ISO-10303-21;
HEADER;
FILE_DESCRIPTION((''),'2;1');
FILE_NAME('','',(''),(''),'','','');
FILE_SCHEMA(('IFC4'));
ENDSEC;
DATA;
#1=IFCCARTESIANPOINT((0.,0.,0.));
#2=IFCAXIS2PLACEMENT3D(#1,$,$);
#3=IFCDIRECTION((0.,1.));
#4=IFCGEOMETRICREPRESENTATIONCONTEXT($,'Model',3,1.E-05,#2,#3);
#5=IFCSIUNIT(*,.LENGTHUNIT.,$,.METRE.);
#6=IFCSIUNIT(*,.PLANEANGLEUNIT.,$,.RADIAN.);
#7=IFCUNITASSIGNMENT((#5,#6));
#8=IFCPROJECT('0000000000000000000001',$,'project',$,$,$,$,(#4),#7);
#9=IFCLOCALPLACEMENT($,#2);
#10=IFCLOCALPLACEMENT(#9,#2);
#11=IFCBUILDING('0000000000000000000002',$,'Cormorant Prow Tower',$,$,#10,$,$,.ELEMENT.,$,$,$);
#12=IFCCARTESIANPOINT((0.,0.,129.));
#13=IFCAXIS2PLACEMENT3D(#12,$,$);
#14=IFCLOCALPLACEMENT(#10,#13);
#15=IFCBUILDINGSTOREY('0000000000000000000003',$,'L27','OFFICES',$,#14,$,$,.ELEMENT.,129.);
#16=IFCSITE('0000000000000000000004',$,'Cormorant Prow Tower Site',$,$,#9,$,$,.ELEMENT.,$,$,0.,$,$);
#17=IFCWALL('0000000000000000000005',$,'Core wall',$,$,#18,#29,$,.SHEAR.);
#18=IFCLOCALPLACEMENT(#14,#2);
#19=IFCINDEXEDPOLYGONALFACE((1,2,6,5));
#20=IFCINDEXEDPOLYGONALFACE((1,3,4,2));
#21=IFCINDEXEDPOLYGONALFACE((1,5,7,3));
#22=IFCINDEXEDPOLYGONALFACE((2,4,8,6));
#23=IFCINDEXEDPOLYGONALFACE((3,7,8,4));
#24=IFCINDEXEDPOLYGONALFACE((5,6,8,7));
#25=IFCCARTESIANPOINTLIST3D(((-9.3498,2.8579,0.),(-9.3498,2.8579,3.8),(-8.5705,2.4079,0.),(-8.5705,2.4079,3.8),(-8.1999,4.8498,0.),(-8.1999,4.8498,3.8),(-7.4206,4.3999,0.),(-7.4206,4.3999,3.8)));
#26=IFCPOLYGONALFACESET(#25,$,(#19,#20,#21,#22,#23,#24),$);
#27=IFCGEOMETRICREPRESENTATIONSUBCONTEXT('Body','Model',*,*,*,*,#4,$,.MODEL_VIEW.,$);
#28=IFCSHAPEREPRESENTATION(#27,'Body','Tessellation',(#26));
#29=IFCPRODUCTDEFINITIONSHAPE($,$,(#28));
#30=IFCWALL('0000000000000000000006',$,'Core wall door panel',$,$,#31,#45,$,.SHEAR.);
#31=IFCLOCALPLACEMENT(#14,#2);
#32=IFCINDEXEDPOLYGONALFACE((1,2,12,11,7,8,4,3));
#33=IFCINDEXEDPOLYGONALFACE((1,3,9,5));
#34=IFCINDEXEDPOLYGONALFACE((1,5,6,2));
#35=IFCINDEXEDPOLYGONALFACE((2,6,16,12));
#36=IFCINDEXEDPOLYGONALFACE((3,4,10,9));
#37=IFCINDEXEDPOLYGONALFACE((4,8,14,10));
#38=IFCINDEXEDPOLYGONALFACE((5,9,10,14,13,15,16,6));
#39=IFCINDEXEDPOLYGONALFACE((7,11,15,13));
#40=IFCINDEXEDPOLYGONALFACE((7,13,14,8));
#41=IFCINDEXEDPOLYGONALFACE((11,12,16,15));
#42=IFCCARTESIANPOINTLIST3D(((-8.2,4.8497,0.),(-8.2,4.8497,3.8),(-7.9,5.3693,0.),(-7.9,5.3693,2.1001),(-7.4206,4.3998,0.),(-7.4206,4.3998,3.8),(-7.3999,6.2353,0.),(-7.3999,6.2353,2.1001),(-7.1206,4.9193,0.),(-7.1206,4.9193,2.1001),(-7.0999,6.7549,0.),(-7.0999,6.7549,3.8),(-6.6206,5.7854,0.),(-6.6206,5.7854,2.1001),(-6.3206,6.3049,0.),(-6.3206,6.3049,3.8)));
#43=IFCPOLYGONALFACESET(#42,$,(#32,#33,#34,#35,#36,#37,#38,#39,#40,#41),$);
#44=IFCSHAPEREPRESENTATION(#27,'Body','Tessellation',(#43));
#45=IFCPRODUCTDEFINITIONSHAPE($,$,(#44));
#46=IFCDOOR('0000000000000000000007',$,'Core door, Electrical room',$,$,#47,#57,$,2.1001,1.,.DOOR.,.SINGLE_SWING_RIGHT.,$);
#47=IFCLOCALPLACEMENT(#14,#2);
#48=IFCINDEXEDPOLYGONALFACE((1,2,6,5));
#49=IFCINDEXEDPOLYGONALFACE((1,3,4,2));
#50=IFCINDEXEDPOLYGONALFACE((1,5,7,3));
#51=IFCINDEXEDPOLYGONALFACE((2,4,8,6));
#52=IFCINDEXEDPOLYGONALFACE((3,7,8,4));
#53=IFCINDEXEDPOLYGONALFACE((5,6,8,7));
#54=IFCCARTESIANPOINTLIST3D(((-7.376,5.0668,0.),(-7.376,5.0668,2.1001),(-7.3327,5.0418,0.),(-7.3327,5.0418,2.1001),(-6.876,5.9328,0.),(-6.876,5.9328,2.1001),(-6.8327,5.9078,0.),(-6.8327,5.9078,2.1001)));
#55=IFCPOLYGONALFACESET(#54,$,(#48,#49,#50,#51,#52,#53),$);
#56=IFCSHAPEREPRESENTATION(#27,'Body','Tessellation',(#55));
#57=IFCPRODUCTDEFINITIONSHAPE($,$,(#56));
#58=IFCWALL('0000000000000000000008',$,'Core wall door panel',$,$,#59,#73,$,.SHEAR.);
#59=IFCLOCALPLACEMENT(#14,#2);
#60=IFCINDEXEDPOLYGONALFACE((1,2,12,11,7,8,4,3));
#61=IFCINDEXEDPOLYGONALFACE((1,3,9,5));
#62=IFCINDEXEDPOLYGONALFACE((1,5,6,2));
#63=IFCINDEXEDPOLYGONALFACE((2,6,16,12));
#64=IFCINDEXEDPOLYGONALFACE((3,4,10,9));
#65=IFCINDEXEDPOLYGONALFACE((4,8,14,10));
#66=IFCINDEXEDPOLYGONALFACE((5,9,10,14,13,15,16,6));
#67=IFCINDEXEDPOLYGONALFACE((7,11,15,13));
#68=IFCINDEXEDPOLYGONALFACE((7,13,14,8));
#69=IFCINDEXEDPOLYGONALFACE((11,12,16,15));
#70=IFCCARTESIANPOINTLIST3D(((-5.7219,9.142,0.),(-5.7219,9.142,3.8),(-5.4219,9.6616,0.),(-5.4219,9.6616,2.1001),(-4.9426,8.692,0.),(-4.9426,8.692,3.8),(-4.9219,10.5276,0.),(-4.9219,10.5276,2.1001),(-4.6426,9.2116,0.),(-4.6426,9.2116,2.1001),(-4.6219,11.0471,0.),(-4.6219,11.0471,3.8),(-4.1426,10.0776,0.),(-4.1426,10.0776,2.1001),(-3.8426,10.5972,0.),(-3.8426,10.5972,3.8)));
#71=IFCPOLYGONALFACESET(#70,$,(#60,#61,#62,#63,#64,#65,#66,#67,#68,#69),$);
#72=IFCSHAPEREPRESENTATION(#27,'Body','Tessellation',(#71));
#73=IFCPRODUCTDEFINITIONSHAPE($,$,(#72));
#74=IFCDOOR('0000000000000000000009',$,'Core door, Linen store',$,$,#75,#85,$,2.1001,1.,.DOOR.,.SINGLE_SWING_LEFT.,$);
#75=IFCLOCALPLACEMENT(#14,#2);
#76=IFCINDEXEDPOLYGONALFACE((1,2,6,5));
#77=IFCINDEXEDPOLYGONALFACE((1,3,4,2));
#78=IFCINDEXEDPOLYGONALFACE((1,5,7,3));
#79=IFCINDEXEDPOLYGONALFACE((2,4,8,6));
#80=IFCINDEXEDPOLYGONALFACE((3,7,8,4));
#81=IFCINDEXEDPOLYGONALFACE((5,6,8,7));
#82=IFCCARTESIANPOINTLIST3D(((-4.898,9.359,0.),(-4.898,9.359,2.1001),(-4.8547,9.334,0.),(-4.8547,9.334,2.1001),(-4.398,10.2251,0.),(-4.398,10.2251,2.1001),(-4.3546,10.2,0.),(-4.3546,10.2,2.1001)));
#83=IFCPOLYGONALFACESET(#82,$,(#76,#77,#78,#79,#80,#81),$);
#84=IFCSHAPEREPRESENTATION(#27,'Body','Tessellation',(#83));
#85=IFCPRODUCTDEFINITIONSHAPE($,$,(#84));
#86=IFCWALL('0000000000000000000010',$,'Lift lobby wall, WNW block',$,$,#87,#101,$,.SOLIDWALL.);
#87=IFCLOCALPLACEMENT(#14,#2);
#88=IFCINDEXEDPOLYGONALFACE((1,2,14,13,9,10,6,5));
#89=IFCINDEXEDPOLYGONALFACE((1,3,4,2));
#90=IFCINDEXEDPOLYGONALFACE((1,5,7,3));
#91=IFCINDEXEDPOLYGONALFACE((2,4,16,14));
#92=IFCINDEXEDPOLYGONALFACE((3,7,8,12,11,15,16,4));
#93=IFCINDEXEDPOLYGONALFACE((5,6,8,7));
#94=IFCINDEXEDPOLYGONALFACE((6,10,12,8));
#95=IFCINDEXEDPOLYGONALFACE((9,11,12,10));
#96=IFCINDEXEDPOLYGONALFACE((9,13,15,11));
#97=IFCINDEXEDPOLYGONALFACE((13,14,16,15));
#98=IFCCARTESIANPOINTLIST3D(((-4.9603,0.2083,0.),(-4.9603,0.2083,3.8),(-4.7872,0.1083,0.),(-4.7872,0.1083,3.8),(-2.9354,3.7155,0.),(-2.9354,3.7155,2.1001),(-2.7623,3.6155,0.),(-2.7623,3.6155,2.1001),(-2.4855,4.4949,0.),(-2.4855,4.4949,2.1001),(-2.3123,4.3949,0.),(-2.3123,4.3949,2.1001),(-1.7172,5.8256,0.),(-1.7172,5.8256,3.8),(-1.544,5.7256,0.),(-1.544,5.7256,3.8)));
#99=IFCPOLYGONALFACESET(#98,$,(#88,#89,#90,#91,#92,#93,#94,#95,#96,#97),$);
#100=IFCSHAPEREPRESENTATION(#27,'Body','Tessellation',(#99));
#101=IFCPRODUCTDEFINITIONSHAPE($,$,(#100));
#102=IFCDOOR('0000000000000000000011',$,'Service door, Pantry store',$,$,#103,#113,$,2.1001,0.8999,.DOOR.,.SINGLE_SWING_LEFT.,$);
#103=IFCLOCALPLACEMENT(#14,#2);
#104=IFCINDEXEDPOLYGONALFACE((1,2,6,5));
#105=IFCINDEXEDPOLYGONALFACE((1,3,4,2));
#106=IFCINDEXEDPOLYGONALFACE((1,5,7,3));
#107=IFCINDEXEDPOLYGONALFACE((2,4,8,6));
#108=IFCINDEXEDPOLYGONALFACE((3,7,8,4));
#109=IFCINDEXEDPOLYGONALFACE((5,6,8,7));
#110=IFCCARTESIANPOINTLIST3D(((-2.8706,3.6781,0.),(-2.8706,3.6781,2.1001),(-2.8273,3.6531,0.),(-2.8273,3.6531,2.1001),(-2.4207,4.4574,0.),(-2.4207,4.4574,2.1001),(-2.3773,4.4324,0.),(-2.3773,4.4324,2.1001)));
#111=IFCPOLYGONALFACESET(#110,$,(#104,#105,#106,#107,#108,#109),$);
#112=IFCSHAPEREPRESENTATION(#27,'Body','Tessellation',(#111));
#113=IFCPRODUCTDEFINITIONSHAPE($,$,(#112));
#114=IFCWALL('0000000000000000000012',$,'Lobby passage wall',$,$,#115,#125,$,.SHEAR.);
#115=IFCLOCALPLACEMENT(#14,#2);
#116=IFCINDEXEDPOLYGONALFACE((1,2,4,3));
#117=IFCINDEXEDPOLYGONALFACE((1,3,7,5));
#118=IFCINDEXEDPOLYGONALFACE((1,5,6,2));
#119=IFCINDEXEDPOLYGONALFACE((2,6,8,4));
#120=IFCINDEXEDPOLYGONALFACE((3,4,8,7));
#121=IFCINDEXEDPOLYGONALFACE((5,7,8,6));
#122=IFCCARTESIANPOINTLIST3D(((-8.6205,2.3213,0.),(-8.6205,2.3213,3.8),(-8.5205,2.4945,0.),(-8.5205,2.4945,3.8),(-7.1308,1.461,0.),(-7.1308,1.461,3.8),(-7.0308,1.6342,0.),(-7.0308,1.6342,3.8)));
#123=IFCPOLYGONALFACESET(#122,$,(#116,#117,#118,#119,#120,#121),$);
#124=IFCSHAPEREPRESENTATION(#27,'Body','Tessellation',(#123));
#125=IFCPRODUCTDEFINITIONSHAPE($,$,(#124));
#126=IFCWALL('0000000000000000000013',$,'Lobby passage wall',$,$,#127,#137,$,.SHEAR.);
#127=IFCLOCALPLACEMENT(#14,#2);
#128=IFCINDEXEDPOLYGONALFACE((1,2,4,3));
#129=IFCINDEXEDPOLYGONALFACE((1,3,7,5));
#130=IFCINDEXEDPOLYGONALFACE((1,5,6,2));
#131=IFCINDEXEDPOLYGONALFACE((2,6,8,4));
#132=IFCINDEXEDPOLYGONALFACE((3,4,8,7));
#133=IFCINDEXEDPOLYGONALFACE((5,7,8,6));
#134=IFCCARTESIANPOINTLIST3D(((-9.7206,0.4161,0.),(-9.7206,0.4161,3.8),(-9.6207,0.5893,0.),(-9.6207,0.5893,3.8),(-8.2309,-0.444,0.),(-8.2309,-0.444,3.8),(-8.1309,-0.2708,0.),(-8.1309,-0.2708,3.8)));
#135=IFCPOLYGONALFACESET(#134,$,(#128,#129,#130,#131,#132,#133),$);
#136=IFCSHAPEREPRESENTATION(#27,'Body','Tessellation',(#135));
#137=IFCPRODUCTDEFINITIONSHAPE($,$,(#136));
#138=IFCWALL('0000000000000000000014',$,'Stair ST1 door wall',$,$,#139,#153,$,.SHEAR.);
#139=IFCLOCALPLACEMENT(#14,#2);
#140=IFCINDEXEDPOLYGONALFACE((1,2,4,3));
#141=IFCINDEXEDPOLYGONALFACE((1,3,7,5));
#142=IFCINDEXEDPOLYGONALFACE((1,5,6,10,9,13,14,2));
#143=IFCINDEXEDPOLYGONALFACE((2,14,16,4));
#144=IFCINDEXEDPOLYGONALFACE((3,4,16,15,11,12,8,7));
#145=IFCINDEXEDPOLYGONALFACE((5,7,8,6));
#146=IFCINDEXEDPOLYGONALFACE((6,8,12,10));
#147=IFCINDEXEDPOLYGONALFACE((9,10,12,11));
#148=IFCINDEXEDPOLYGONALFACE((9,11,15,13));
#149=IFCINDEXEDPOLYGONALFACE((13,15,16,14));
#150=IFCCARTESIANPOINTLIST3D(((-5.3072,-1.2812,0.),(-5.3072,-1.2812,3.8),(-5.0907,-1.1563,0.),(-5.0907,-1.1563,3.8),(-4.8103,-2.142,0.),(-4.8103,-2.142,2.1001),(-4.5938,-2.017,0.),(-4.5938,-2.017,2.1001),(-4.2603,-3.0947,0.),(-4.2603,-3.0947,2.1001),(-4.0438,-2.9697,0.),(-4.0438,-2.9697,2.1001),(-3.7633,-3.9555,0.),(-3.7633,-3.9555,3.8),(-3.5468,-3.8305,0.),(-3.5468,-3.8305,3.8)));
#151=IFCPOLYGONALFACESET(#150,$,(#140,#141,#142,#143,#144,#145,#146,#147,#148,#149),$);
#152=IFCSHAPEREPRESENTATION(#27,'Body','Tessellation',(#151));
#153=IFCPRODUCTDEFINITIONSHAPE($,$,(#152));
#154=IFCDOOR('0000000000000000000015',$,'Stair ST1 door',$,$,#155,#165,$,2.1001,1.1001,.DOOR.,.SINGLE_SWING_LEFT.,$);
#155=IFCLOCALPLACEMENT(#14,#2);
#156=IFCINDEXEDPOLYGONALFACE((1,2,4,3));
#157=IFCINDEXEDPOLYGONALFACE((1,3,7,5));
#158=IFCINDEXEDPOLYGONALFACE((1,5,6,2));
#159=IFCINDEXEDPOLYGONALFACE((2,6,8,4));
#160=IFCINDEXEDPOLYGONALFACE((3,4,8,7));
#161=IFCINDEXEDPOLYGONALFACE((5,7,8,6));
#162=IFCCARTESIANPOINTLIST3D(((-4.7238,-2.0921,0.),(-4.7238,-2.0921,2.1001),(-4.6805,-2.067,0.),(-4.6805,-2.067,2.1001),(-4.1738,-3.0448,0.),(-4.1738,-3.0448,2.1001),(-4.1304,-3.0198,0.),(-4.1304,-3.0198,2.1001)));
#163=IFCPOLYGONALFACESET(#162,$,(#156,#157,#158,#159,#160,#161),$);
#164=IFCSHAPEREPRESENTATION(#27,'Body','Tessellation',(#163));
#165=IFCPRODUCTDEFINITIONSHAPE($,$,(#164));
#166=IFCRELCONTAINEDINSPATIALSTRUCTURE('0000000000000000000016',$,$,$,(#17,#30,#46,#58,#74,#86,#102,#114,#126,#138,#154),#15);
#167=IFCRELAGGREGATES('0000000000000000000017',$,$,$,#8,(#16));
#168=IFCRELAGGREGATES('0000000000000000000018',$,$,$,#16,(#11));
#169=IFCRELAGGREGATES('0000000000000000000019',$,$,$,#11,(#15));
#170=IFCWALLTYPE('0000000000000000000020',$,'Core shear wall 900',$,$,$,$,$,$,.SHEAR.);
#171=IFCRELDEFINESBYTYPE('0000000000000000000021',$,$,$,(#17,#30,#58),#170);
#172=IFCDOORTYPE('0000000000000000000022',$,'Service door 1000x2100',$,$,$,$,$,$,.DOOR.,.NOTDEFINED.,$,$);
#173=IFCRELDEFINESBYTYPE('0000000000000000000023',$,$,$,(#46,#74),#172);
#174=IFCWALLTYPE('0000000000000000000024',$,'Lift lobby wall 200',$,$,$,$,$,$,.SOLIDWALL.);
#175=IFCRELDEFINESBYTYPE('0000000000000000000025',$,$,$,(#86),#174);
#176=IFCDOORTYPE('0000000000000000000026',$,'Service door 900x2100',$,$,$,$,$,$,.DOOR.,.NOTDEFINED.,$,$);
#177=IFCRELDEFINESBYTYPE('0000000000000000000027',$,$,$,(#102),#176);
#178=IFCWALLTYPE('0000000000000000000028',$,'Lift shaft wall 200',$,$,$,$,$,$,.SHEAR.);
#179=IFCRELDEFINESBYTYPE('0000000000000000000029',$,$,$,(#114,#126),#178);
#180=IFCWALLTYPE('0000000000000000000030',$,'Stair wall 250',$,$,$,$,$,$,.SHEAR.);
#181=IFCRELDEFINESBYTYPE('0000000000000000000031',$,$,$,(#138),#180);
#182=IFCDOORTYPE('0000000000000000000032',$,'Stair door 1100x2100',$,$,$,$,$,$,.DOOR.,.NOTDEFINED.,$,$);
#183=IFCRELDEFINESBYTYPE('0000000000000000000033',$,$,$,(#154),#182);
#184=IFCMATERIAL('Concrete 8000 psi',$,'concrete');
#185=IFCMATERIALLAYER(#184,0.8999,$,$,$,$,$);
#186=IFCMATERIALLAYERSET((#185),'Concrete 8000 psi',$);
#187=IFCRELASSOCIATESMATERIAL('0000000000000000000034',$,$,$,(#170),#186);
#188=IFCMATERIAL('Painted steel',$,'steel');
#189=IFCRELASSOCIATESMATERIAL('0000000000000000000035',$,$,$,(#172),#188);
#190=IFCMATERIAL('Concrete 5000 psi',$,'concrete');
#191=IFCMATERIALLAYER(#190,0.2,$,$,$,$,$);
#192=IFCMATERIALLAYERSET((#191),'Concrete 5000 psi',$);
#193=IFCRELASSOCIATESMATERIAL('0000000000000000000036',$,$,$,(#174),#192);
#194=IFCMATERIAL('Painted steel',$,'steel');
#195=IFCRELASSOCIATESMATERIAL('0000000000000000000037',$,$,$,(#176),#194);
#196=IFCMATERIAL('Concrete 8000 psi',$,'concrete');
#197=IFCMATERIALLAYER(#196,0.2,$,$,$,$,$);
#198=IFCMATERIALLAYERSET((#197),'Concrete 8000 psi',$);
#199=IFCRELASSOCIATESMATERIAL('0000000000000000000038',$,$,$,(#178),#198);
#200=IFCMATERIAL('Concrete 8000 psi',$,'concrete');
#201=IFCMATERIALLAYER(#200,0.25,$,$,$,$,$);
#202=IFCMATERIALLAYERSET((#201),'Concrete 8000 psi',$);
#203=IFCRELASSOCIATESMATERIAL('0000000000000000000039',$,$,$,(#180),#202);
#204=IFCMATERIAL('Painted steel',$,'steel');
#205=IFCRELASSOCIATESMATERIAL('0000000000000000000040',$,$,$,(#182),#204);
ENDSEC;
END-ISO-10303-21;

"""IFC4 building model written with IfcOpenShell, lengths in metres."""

from ifc_helpers import new_model, si_unit, direction, frame, frame_2d, origin, place, context, subcontext, project, spatial, rectangle, extrude, material, layer, layer_set, type_object, element, fill, save


model = new_model("IFC4")

# Units and contexts
model_context = context("Model", 3, precision=1e-05, world=origin(), true_north=direction((0.0, 1.0)))
body_context = subcontext(model_context, "Body", "Model", "MODEL_VIEW")
ifc_project = project(units=[si_unit("LENGTHUNIT", "METRE"), si_unit("PLANEANGLEUNIT", "RADIAN")], contexts=[model_context])

# Site, building, storey
site_placement = place(None, origin())
site = spatial("IfcSite", under=ifc_project, at=site_placement, Name="Cormorant Prow Tower Site", CompositionType="ELEMENT", RefElevation=0.0)
building_placement = place(site_placement, origin())
building = spatial("IfcBuilding", under=site, at=building_placement, Name="Cormorant Prow Tower", CompositionType="ELEMENT")
storey_placement = place(building_placement, frame((0.0, 0.0, 129.0)))
storey = spatial("IfcBuildingStorey", under=building, at=storey_placement, Name="L27", Description="OFFICES", CompositionType="ELEMENT", Elevation=129.0)

# Wall
ifc_material_1 = material(Name="Concrete 8000 psi", Category="concrete")
ifc_layer_1 = layer(ifc_material_1, 0.8999)
ifc_layer_set_1 = layer_set([ifc_layer_1], Name="Concrete 8000 psi")
wall_type_1 = type_object("IfcWallType", Name="Core shear wall 900", PredefinedType="SHEAR", material=ifc_layer_set_1)
wall_1_placement = place(storey_placement, frame((-7.8103, 4.6248, 0.0), z_axis=(0.0, 0.0, 1.0), x_axis=(-0.499952, -0.866053, 0.0)))
element("IfcWall", 1, at=wall_1_placement, inside=storey, type_object=wall_type_1, Name="Core wall", PredefinedType="SHEAR", context=body_context, shape_type="SweptSolid", body=[
    extrude(rectangle(XDim=2.3, YDim=0.8999, at=frame_2d((1.1499, 0.0))), origin(), (0.0, 0.0, 1.0), 3.8),
])

# Walls, openings, doors
wall_2_placement = place(storey_placement, frame((-6.7102, 6.53, 0.0), z_axis=(0.0, 0.0, 1.0), x_axis=(-0.50003, -0.866008, 0.0)))
wall_2 = element("IfcWall", 2, at=wall_2_placement, inside=storey, type_object=wall_type_1, Name="Core wall door panel", PredefinedType="SHEAR", context=body_context, shape_type="SweptSolid", body=[
    extrude(rectangle(XDim=2.2, YDim=0.8999, at=frame_2d((1.1001, 0.0))), origin(), (0.0, 0.0, 1.0), 3.8),
])
opening_1_placement = place(wall_2_placement, frame((0.6001, 0.0, 0.0)))
opening_1 = element("IfcOpeningElement", 3, at=opening_1_placement, cuts=wall_2, PredefinedType="OPENING", context=body_context, shape_type="SweptSolid", body=[
    extrude(rectangle(XDim=1.0, YDim=2.1001, at=frame_2d((0.5, 1.05))), frame((0.0, 0.46, 0.0), z_axis=(0.0, -1.0, 0.0), x_axis=(1.0, 0.0, 0.0)), (0.0, 0.0, 1.0), 0.9199),
])
ifc_material_2 = material(Name="Painted steel", Category="steel")
door_type_1 = type_object("IfcDoorType", Name="Service door 1000x2100", OperationType="NOTDEFINED", PredefinedType="DOOR", material=ifc_material_2)
door_1_placement = place(opening_1_placement, origin())
door_1 = element("IfcDoor", 4, at=door_1_placement, inside=storey, type_object=door_type_1, Name="Core door, Electrical room", OperationType="SINGLE_SWING_RIGHT", OverallHeight=2.1001, OverallWidth=1.0, PredefinedType="DOOR", context=body_context, shape_type="SweptSolid", body=[
    extrude(rectangle(XDim=1.0, YDim=2.1001, at=frame_2d((0.5, 1.05))), frame((0.0, 0.2051, 0.0), z_axis=(0.0, -1.0, 0.0), x_axis=(1.0, 0.0, 0.0)), (0.0, 0.0, 1.0), 0.05),
])
fill(opening_1, door_1)
wall_3_placement = place(storey_placement, frame((-4.2322, 10.8223, 0.0), z_axis=(0.0, 0.0, 1.0), x_axis=(-0.50003, -0.866008, 0.0)))
wall_3 = element("IfcWall", 5, at=wall_3_placement, inside=storey, type_object=wall_type_1, Name="Core wall door panel", PredefinedType="SHEAR", context=body_context, shape_type="SweptSolid", body=[
    extrude(rectangle(XDim=2.2, YDim=0.8999, at=frame_2d((1.1001, 0.0))), origin(), (0.0, 0.0, 1.0), 3.8),
])
opening_2_placement = place(wall_3_placement, frame((0.6001, 0.0, 0.0)))
opening_2 = element("IfcOpeningElement", 6, at=opening_2_placement, cuts=wall_3, PredefinedType="OPENING", context=body_context, shape_type="SweptSolid", body=[
    extrude(rectangle(XDim=1.0, YDim=2.1001, at=frame_2d((0.5, 1.05))), frame((0.0, 0.46, 0.0), z_axis=(0.0, -1.0, 0.0), x_axis=(1.0, 0.0, 0.0)), (0.0, 0.0, 1.0), 0.9199),
])
door_2_placement = place(opening_2_placement, origin())
door_2 = element("IfcDoor", 7, at=door_2_placement, inside=storey, type_object=door_type_1, Name="Core door, Linen store", OperationType="SINGLE_SWING_LEFT", OverallHeight=2.1001, OverallWidth=1.0, PredefinedType="DOOR", context=body_context, shape_type="SweptSolid", body=[
    extrude(rectangle(XDim=1.0, YDim=2.1001, at=frame_2d((0.5, 1.05))), frame((0.0, 0.2051, 0.0), z_axis=(0.0, -1.0, 0.0), x_axis=(1.0, 0.0, 0.0)), (0.0, 0.0, 1.0), 0.05),
])
fill(opening_2, door_2)
ifc_material_3 = material(Name="Concrete 5000 psi", Category="concrete")
ifc_layer_2 = layer(ifc_material_3, 0.2)
ifc_layer_set_2 = layer_set([ifc_layer_2], Name="Concrete 5000 psi")
wall_type_2 = type_object("IfcWallType", Name="Lift lobby wall 200", PredefinedType="SOLIDWALL", material=ifc_layer_set_2)
wall_4_placement = place(storey_placement, frame((-1.6306, 5.7756, 0.0), z_axis=(0.0, 0.0, 1.0), x_axis=(-0.499993, -0.86603, 0.0)))
wall_4 = element("IfcWall", 8, at=wall_4_placement, inside=storey, type_object=wall_type_2, Name="Lift lobby wall, WNW block", PredefinedType="SOLIDWALL", context=body_context, shape_type="SweptSolid", body=[
    extrude(rectangle(XDim=6.4863, YDim=0.2, at=frame_2d((3.2432, 0.0))), origin(), (0.0, 0.0, 1.0), 3.8),
])
opening_3_placement = place(wall_4_placement, frame((1.5366, 0.0, 0.0)))
opening_3 = element("IfcOpeningElement", 9, at=opening_3_placement, cuts=wall_4, PredefinedType="OPENING", context=body_context, shape_type="SweptSolid", body=[
    extrude(rectangle(XDim=0.8999, YDim=2.1001, at=frame_2d((0.45, 1.05))), frame((0.0, 0.1099, 0.0), z_axis=(0.0, -1.0, 0.0), x_axis=(1.0, 0.0, 0.0)), (0.0, 0.0, 1.0), 0.22),
])
ifc_material_4 = material(Name="Painted steel", Category="steel")
door_type_2 = type_object("IfcDoorType", Name="Service door 900x2100", OperationType="NOTDEFINED", PredefinedType="DOOR", material=ifc_material_4)
door_3_placement = place(opening_3_placement, origin())
door_3 = element("IfcDoor", 10, at=door_3_placement, inside=storey, type_object=door_type_2, Name="Service door, Pantry store", OperationType="SINGLE_SWING_LEFT", OverallHeight=2.1001, OverallWidth=0.8999, PredefinedType="DOOR", context=body_context, shape_type="SweptSolid", body=[
    extrude(rectangle(XDim=0.8999, YDim=2.1001, at=frame_2d((0.45, 1.05))), frame((0.0, 0.0249, 0.0), z_axis=(0.0, -1.0, 0.0), x_axis=(1.0, 0.0, 0.0)), (0.0, 0.0, 1.0), 0.05),
])
fill(opening_3, door_3)

# Walls
ifc_material_5 = material(Name="Concrete 8000 psi", Category="concrete")
ifc_layer_3 = layer(ifc_material_5, 0.2)
ifc_layer_set_3 = layer_set([ifc_layer_3], Name="Concrete 8000 psi")
wall_type_3 = type_object("IfcWallType", Name="Lift shaft wall 200", PredefinedType="SHEAR", material=ifc_layer_set_3)
for number, where, z_axis, x_axis, name in (
    (11, (-7.0808, 1.5476, 0.0), (0.0, 0.0, 1.0), (-0.865963, 0.500107, 0.0), "Lobby passage wall"),
    (12, (-8.1809, -0.3574, 0.0), (0.0, 0.0, 1.0), (-0.866025, 0.500001, 0.0), "Lobby passage wall"),
):
    element("IfcWall", number, at=place(storey_placement, frame(where, z_axis=z_axis, x_axis=x_axis)), inside=storey, type_object=wall_type_3, Name=name, PredefinedType="SHEAR", context=body_context, shape_type="SweptSolid", body=[
        extrude(rectangle(XDim=1.7202, YDim=0.2, at=frame_2d((0.8601, 0.0))), origin(), (0.0, 0.0, 1.0), 3.8),
    ])

# Wall, opening, door
ifc_material_6 = material(Name="Concrete 8000 psi", Category="concrete")
ifc_layer_4 = layer(ifc_material_6, 0.25)
ifc_layer_set_4 = layer_set([ifc_layer_4], Name="Concrete 8000 psi")
wall_type_4 = type_object("IfcWallType", Name="Stair wall 250", PredefinedType="SHEAR", material=ifc_layer_set_4)
wall_5_placement = place(storey_placement, frame((-5.199, -1.2188, 0.0), z_axis=(0.0, 0.0, 1.0), x_axis=(0.499983, -0.866035, 0.0)))
wall_5 = element("IfcWall", 13, at=wall_5_placement, inside=storey, type_object=wall_type_4, Name="Stair ST1 door wall", PredefinedType="SHEAR", context=body_context, shape_type="SweptSolid", body=[
    extrude(rectangle(XDim=3.0879, YDim=0.25, at=frame_2d((1.5439, 0.0))), origin(), (0.0, 0.0, 1.0), 3.8),
])
opening_4_placement = place(wall_5_placement, frame((0.9939, 0.0, 0.0)))
opening_4 = element("IfcOpeningElement", 14, at=opening_4_placement, cuts=wall_5, PredefinedType="OPENING", context=body_context, shape_type="SweptSolid", body=[
    extrude(rectangle(XDim=1.1001, YDim=2.1001, at=frame_2d((0.55, 1.05))), frame((0.0, 0.135, 0.0), z_axis=(0.0, -1.0, 0.0), x_axis=(1.0, 0.0, 0.0)), (0.0, 0.0, 1.0), 0.27),
])
ifc_material_7 = material(Name="Painted steel", Category="steel")
door_type_3 = type_object("IfcDoorType", Name="Stair door 1100x2100", OperationType="NOTDEFINED", PredefinedType="DOOR", material=ifc_material_7)
door_4_placement = place(opening_4_placement, origin())
door_4 = element("IfcDoor", 15, at=door_4_placement, inside=storey, type_object=door_type_3, Name="Stair ST1 door", OperationType="SINGLE_SWING_LEFT", OverallHeight=2.1001, OverallWidth=1.1001, PredefinedType="DOOR", context=body_context, shape_type="SweptSolid", body=[
    extrude(rectangle(XDim=1.1001, YDim=2.1001, at=frame_2d((0.55, 1.05))), frame((0.0, 0.0249, 0.0), z_axis=(0.0, -1.0, 0.0), x_axis=(1.0, 0.0, 0.0)), (0.0, 0.0, 1.0), 0.05),
])
fill(opening_4, door_4)

save(model, "model.ifc")
